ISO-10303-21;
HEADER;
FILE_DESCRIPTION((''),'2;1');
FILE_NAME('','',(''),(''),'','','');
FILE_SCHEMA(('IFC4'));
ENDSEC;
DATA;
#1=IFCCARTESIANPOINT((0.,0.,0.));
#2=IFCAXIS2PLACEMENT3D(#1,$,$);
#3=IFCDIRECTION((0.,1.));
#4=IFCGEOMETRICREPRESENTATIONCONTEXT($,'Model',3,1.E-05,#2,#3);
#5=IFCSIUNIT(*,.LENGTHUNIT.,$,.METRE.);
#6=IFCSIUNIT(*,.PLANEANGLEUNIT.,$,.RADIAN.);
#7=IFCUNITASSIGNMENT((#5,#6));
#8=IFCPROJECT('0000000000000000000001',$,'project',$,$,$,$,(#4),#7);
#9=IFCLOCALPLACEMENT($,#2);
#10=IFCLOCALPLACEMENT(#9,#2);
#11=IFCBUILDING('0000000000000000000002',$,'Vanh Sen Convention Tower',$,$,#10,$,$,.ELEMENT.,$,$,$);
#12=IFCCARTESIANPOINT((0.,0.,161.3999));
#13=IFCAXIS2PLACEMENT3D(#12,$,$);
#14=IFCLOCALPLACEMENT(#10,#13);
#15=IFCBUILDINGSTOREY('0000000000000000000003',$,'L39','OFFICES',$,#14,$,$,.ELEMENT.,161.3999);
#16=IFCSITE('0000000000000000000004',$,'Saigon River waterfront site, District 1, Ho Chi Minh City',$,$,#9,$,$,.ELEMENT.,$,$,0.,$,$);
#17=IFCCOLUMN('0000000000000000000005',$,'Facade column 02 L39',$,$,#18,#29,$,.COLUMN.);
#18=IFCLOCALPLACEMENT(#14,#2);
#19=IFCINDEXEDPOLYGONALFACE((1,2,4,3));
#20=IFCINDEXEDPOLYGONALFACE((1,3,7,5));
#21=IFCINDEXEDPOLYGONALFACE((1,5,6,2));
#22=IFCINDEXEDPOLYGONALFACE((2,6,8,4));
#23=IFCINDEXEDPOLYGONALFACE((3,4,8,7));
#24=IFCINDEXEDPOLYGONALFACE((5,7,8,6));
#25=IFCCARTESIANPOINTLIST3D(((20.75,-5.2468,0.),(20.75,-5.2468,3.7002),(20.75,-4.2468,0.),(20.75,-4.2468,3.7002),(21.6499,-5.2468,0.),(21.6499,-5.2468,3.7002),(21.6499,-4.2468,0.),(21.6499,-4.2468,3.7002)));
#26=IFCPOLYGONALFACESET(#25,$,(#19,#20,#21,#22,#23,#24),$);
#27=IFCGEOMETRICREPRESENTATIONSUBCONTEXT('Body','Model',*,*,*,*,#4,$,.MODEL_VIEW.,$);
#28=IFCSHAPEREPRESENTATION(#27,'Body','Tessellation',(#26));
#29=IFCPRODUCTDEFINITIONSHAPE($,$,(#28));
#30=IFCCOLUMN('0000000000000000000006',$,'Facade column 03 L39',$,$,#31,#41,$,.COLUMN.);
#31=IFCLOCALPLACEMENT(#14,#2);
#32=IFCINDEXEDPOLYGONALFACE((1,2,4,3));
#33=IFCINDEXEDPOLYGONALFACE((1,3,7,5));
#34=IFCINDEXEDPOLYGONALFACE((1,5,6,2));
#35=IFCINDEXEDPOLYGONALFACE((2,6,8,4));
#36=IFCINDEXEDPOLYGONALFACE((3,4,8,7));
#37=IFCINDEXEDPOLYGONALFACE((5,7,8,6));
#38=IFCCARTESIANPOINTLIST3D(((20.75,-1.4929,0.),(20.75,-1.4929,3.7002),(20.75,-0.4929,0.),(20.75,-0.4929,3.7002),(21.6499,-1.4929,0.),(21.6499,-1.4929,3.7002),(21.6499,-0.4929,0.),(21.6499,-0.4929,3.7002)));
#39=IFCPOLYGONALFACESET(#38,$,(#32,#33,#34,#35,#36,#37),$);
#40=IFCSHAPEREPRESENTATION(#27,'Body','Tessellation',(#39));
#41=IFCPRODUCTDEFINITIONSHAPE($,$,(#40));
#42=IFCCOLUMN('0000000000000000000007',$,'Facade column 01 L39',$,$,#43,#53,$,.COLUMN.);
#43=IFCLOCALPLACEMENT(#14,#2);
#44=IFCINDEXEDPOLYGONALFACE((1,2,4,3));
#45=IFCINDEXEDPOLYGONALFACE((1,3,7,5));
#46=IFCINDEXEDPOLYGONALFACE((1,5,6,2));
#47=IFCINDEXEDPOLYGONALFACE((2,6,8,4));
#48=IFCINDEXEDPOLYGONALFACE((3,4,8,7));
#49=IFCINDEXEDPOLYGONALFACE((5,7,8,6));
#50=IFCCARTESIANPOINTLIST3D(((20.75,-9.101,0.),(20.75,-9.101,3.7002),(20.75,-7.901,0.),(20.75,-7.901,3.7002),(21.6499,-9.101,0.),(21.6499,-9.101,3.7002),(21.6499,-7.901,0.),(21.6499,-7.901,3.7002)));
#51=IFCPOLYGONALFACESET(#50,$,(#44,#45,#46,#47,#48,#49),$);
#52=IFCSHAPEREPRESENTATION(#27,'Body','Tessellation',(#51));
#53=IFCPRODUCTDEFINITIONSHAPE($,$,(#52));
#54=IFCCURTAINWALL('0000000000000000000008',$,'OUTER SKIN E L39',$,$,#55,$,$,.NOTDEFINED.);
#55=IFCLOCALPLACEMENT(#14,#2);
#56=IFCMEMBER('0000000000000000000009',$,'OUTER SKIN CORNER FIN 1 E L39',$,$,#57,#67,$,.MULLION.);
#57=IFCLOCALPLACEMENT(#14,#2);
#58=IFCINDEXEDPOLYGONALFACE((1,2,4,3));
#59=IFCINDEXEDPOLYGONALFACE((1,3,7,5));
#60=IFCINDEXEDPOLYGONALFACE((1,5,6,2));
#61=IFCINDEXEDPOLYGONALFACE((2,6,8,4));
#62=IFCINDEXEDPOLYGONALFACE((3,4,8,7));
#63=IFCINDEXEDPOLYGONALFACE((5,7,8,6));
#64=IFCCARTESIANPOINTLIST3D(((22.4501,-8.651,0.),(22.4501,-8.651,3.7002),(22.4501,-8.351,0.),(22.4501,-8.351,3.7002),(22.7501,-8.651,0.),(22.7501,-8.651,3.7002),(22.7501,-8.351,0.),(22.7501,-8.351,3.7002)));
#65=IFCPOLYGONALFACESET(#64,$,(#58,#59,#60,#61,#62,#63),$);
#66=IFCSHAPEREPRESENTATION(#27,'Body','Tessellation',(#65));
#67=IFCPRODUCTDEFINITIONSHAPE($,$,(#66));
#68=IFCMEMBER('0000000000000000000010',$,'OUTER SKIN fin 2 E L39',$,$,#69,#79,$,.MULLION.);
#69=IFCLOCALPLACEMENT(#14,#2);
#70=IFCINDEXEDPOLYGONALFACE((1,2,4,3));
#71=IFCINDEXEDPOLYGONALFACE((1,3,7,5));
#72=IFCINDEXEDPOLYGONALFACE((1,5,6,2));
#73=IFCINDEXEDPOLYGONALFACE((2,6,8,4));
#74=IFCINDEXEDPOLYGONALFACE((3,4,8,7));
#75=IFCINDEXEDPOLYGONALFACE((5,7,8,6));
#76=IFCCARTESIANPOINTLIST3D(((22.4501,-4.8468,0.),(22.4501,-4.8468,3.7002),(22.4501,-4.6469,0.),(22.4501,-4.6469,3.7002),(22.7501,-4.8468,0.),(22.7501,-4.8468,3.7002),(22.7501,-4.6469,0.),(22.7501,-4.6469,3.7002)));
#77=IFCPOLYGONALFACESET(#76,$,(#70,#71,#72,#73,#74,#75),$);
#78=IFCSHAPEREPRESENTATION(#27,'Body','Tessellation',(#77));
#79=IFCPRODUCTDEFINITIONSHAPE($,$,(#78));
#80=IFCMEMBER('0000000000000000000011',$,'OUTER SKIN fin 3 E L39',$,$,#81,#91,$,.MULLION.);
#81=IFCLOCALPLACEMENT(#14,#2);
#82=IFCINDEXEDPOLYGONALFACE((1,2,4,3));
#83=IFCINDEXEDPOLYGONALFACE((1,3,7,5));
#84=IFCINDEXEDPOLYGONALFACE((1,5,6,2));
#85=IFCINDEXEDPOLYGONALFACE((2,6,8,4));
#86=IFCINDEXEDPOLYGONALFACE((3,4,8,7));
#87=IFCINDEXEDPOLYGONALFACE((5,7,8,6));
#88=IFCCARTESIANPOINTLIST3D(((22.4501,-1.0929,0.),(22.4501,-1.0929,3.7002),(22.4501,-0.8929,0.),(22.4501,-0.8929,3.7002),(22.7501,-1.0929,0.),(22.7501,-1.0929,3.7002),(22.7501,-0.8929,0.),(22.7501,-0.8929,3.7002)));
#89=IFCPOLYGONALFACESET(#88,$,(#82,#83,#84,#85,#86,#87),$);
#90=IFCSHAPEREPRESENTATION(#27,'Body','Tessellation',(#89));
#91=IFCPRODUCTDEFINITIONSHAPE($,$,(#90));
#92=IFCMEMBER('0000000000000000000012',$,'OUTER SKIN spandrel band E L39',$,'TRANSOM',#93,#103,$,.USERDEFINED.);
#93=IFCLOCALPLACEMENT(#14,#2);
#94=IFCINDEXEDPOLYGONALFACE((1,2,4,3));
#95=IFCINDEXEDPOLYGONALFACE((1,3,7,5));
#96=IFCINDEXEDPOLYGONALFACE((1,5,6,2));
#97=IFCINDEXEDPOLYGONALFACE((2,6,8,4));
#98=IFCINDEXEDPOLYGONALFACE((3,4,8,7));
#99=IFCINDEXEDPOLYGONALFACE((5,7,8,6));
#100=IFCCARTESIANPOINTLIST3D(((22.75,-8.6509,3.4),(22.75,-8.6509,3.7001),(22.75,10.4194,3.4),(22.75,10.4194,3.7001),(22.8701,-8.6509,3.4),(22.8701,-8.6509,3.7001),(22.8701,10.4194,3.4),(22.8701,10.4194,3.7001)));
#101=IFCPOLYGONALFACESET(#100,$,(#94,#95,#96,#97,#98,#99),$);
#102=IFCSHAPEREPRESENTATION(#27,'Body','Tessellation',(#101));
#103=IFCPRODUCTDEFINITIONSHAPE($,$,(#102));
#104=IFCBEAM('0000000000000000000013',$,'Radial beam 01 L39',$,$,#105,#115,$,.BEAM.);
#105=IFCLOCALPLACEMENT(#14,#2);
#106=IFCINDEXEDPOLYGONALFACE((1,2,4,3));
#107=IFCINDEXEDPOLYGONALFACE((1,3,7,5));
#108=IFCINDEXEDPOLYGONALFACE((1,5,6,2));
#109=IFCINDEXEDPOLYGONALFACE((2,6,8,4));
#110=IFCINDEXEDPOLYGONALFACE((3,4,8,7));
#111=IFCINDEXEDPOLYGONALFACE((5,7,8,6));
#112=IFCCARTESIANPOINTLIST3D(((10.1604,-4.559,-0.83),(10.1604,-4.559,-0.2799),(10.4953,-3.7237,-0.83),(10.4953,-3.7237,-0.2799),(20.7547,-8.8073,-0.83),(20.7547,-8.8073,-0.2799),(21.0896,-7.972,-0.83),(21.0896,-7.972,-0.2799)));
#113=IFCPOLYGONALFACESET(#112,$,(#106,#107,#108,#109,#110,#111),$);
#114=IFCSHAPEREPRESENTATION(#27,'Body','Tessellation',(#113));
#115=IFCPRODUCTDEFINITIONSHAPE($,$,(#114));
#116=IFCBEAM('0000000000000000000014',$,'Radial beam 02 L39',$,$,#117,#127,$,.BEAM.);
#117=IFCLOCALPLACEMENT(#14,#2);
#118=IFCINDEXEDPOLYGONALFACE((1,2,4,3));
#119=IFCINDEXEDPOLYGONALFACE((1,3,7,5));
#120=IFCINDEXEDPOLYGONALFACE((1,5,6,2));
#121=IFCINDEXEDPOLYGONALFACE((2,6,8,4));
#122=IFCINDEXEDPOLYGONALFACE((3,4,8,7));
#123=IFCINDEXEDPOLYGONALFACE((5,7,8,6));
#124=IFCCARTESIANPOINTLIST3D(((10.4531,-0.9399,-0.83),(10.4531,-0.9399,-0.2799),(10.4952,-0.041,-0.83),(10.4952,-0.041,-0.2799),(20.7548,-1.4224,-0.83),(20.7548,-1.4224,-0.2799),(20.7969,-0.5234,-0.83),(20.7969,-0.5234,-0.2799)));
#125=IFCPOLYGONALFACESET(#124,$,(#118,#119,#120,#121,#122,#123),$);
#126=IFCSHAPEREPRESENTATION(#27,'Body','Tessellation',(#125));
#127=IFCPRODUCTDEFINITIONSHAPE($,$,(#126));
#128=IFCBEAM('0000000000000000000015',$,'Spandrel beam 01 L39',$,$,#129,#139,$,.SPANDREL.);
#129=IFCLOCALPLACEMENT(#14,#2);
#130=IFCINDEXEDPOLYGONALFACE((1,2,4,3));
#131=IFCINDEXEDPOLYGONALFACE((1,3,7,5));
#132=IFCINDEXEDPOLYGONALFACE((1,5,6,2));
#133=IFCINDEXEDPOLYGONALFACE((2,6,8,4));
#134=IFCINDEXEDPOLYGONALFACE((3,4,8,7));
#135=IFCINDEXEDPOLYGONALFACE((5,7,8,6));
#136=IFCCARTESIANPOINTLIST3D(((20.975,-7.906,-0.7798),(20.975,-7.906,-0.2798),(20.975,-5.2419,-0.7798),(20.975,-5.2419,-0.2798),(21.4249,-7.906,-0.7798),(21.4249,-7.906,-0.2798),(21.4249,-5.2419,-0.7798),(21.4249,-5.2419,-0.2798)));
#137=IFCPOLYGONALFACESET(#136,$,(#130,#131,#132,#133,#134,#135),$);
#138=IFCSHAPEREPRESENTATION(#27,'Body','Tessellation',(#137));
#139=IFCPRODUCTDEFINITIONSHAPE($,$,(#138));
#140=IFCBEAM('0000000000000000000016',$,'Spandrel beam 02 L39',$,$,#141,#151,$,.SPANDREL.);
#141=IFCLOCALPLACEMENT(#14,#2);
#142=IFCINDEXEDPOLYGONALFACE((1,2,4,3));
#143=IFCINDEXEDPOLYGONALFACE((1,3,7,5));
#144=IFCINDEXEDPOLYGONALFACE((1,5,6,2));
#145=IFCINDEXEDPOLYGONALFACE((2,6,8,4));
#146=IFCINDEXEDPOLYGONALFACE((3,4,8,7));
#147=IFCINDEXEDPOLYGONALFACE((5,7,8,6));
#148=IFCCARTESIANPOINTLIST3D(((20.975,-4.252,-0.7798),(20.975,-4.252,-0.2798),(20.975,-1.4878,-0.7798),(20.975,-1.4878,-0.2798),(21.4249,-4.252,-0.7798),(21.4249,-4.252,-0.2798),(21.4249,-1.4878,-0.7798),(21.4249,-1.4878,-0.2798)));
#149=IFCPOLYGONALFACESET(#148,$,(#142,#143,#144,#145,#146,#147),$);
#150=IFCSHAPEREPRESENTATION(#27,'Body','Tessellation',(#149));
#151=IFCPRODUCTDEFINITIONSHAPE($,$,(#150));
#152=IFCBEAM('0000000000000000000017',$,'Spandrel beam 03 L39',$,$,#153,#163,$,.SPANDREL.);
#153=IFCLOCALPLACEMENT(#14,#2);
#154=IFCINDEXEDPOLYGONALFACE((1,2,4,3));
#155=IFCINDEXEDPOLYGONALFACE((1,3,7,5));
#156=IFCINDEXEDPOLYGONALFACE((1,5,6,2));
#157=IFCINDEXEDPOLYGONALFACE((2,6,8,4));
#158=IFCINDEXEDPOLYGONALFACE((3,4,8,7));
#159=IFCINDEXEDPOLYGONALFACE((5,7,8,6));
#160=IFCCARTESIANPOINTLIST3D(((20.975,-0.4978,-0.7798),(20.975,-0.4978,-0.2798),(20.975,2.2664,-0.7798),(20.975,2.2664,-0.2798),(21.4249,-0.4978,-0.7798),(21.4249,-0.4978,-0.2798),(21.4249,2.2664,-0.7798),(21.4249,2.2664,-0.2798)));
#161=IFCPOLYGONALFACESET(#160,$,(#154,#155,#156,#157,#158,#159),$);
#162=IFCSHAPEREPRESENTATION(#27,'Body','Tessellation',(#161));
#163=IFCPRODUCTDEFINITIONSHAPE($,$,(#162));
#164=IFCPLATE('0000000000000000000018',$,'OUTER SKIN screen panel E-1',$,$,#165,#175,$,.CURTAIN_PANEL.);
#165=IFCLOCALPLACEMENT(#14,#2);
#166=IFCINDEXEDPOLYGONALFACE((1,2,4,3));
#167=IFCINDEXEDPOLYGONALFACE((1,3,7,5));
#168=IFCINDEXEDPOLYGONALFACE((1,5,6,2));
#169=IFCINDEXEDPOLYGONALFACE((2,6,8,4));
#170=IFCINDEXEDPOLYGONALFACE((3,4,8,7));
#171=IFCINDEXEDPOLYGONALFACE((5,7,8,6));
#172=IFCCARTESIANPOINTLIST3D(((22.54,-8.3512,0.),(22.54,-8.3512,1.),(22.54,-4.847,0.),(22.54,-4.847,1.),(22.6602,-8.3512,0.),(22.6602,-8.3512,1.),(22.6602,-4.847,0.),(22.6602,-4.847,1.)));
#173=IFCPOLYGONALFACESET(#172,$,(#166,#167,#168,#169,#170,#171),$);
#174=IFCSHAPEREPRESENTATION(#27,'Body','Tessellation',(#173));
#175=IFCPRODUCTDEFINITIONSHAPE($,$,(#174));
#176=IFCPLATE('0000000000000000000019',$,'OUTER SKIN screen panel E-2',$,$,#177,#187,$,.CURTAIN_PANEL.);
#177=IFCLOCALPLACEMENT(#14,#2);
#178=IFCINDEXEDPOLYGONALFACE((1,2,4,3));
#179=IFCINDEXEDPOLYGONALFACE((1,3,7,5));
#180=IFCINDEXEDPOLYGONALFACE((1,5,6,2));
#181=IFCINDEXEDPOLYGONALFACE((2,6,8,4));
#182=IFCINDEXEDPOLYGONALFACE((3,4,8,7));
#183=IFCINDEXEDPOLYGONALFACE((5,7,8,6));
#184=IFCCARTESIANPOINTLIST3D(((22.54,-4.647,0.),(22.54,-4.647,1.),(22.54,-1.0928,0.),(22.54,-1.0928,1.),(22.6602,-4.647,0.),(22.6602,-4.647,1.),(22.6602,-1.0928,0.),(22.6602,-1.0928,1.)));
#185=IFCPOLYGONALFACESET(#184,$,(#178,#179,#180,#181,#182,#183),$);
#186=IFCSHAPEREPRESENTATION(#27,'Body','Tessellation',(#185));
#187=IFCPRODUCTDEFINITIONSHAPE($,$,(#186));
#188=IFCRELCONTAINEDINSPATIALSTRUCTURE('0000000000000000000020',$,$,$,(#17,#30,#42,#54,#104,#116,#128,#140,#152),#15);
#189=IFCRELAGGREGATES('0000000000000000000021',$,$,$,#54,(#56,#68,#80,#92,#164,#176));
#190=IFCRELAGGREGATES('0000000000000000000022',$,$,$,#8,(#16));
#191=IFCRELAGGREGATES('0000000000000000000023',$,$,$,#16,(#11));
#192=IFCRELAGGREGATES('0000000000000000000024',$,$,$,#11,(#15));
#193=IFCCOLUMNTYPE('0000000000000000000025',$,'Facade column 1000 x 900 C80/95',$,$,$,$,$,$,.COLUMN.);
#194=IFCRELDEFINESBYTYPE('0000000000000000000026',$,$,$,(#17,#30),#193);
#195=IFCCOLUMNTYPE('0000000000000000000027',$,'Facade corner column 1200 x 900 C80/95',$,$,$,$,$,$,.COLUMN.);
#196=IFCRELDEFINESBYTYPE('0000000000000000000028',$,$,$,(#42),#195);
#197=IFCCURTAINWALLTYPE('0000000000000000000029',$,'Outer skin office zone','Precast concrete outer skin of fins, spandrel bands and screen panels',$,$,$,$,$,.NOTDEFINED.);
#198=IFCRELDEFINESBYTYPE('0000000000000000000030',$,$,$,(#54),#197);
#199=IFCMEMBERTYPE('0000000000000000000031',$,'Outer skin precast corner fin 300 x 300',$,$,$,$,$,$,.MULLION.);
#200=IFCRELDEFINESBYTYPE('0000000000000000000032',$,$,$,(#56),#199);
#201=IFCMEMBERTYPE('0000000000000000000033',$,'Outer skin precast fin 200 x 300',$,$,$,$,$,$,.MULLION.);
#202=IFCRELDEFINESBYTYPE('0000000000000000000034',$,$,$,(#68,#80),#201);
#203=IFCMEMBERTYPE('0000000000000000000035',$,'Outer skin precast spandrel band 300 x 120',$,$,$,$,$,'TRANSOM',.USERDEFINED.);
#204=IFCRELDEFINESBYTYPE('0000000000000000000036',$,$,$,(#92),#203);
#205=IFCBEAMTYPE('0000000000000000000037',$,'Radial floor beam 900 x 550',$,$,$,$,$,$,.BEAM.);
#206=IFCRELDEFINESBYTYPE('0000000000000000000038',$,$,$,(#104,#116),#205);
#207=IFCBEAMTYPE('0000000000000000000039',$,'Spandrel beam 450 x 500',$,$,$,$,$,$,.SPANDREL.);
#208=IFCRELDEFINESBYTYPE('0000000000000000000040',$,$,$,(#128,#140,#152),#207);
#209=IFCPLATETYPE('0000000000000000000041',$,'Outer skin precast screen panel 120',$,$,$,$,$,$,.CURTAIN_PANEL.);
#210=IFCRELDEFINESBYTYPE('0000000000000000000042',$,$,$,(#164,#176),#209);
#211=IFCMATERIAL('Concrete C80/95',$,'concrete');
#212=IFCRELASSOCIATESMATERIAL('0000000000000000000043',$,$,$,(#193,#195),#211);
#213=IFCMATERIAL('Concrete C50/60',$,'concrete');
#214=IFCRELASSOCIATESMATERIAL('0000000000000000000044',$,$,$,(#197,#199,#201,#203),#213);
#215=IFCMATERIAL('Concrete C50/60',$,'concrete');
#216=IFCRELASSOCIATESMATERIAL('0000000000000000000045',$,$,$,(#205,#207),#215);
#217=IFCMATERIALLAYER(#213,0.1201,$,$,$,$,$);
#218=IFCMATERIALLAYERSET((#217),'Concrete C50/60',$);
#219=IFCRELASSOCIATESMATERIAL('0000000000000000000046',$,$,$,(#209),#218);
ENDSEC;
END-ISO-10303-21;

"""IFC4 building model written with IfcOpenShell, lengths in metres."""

from ifc_helpers import new_model, si_unit, direction, frame, origin, origin_2d, place, context, subcontext, project, spatial, rectangle, extrude, material, layer, layer_set, material_profile, profile_set, type_object, element, aggregate, save


model = new_model("IFC4")

# Units and contexts
model_context = context("Model", 3, precision=1e-05, world=origin(), true_north=direction((0.0, 1.0)))
body_context = subcontext(model_context, "Body", "Model", "MODEL_VIEW")
ifc_project = project(units=[si_unit("LENGTHUNIT", "METRE"), si_unit("PLANEANGLEUNIT", "RADIAN")], contexts=[model_context])

# Site, building, storey
site_placement = place(None, origin())
site = spatial("IfcSite", under=ifc_project, at=site_placement, Name="Saigon River waterfront site, District 1, Ho Chi Minh City", CompositionType="ELEMENT", RefElevation=0.0)
building_placement = place(site_placement, origin())
building = spatial("IfcBuilding", under=site, at=building_placement, Name="Vanh Sen Convention Tower", CompositionType="ELEMENT")
storey_placement = place(building_placement, frame((0.0, 0.0, 161.3999)))
storey = spatial("IfcBuildingStorey", under=building, at=storey_placement, Name="L39", Description="OFFICES", CompositionType="ELEMENT", Elevation=161.3999)

# Columns
ifc_material_1 = material(Name="Concrete C80/95", Category="concrete")
ifc_material_profile_1 = material_profile(ifc_material_1, rectangle(XDim=1.0, YDim=0.8999, at=origin_2d()), Name="RC 1000X900")
ifc_profile_set_1 = profile_set([ifc_material_profile_1], Name="Concrete C80/95")
column_type_1 = type_object("IfcColumnType", Name="Facade column 1000 x 900 C80/95", PredefinedType="COLUMN", material=ifc_profile_set_1)
for number, where, z_axis, x_axis, name in (
    (1, (21.2, -4.7468, 0.0), (0.0, 0.0, 1.0), (0.0, 1.0, 0.0), "Facade column 02 L39"),
    (2, (21.2, -0.9929, 0.0), (0.0, 0.0, 1.0), (0.0, 1.0, 0.0), "Facade column 03 L39"),
):
    element("IfcColumn", number, at=place(storey_placement, frame(where, z_axis=z_axis, x_axis=x_axis)), inside=storey, type_object=column_type_1, Name=name, PredefinedType="COLUMN", context=body_context, shape_type="SweptSolid", body=[
        extrude(rectangle(XDim=1.0, YDim=0.8999, at=origin_2d()), origin(), (0.0, 0.0, 1.0), 3.7002),
    ])
ifc_material_profile_2 = material_profile(ifc_material_1, rectangle(XDim=1.2, YDim=0.8999, at=origin_2d()), Name="RC 1200X900")
ifc_profile_set_2 = profile_set([ifc_material_profile_2], Name="Concrete C80/95")
column_type_2 = type_object("IfcColumnType", Name="Facade corner column 1200 x 900 C80/95", PredefinedType="COLUMN", material=ifc_profile_set_2)
column_placement = place(storey_placement, frame((21.2, -8.501, 0.0), z_axis=(0.0, 0.0, 1.0), x_axis=(0.0, 1.0, 0.0)))
element("IfcColumn", 3, at=column_placement, inside=storey, type_object=column_type_2, Name="Facade column 01 L39", PredefinedType="COLUMN", context=body_context, shape_type="SweptSolid", body=[
    extrude(rectangle(XDim=1.2, YDim=0.8999, at=origin_2d()), origin(), (0.0, 0.0, 1.0), 3.7002),
])

# Curtain wall, members
ifc_material_2 = material(Name="Concrete C50/60", Category="concrete")
curtain_wall_type = type_object("IfcCurtainWallType", Name="Outer skin office zone", Description="Precast concrete outer skin of fins, spandrel bands and screen panels", PredefinedType="NOTDEFINED", material=ifc_material_2)
curtain_wall_1_placement = place(storey_placement, origin())
curtain_wall_1 = element("IfcCurtainWall", 4, at=curtain_wall_1_placement, inside=storey, type_object=curtain_wall_type, Name="OUTER SKIN E L39", PredefinedType="NOTDEFINED")
ifc_material_profile_3 = material_profile(ifc_material_2, rectangle(XDim=0.3, YDim=0.3, at=origin_2d()), Name="Outer skin precast corner fin 300 x 300")
ifc_profile_set_3 = profile_set([ifc_material_profile_3], Name="Concrete C50/60")
member_type_1 = type_object("IfcMemberType", Name="Outer skin precast corner fin 300 x 300", PredefinedType="MULLION", material=ifc_profile_set_3)
member_1_placement = place(storey_placement, frame((22.6001, -8.501, 0.0), z_axis=(0.0, 0.0, 1.0), x_axis=(0.0, 1.0, 0.0)))
member_1 = element("IfcMember", 5, at=member_1_placement, type_object=member_type_1, Name="OUTER SKIN CORNER FIN 1 E L39", PredefinedType="MULLION", context=body_context, shape_type="SweptSolid", body=[
    extrude(rectangle(XDim=0.3, YDim=0.3, at=origin_2d()), origin(), (0.0, 0.0, 1.0), 3.7002),
])
ifc_material_profile_4 = material_profile(ifc_material_2, rectangle(XDim=0.2, YDim=0.3, at=origin_2d()), Name="Outer skin precast fin 200 x 300")
ifc_profile_set_4 = profile_set([ifc_material_profile_4], Name="Concrete C50/60")
member_type_2 = type_object("IfcMemberType", Name="Outer skin precast fin 200 x 300", PredefinedType="MULLION", material=ifc_profile_set_4)
member_2_placement = place(storey_placement, frame((22.6001, -4.7468, 0.0), z_axis=(0.0, 0.0, 1.0), x_axis=(0.0, 1.0, 0.0)))
member_2 = element("IfcMember", 6, at=member_2_placement, type_object=member_type_2, Name="OUTER SKIN fin 2 E L39", PredefinedType="MULLION", context=body_context, shape_type="SweptSolid", body=[
    extrude(rectangle(XDim=0.2, YDim=0.3, at=origin_2d()), origin(), (0.0, 0.0, 1.0), 3.7002),
])
member_3_placement = place(storey_placement, frame((22.6001, -0.9929, 0.0), z_axis=(0.0, 0.0, 1.0), x_axis=(0.0, 1.0, 0.0)))
member_3 = element("IfcMember", 7, at=member_3_placement, type_object=member_type_2, Name="OUTER SKIN fin 3 E L39", PredefinedType="MULLION", context=body_context, shape_type="SweptSolid", body=[
    extrude(rectangle(XDim=0.2, YDim=0.3, at=origin_2d()), origin(), (0.0, 0.0, 1.0), 3.7002),
])
ifc_material_profile_5 = material_profile(ifc_material_2, rectangle(XDim=0.1201, YDim=0.3, at=origin_2d()), Name="Outer skin precast spandrel band 300 x 120")
ifc_profile_set_5 = profile_set([ifc_material_profile_5], Name="Concrete C50/60")
member_type_3 = type_object("IfcMemberType", Name="Outer skin precast spandrel band 300 x 120", ElementType="TRANSOM", PredefinedType="USERDEFINED", material=ifc_profile_set_5)
member_4_placement = place(storey_placement, frame((22.8101, -8.6509, 3.55), z_axis=(0.0, 1.0, 0.0), x_axis=(-1.0, 0.0, 0.0)))
member_4 = element("IfcMember", 8, at=member_4_placement, type_object=member_type_3, Name="OUTER SKIN spandrel band E L39", ObjectType="TRANSOM", PredefinedType="USERDEFINED", context=body_context, shape_type="SweptSolid", body=[
    extrude(rectangle(XDim=0.1201, YDim=0.3, at=origin_2d()), origin(), (0.0, 0.0, 1.0), 19.0703),
])

# Beams
ifc_material_3 = material(Name="Concrete C50/60", Category="concrete")
ifc_material_profile_6 = material_profile(ifc_material_3, rectangle(XDim=0.8999, YDim=0.55, at=origin_2d()), Name="RC 900X550")
ifc_profile_set_6 = profile_set([ifc_material_profile_6], Name="Concrete C50/60")
beam_type_1 = type_object("IfcBeamType", Name="Radial floor beam 900 x 550", PredefinedType="BEAM", material=ifc_profile_set_6)
beam_1_placement = place(storey_placement, frame((20.9221, -8.3896, -0.5549), z_axis=(-0.928156, 0.372191, 0.0), x_axis=(-0.372191, -0.928156, 0.0)))
element("IfcBeam", 9, at=beam_1_placement, inside=storey, type_object=beam_type_1, Name="Radial beam 01 L39", PredefinedType="BEAM", context=body_context, shape_type="SweptSolid", body=[
    extrude(rectangle(XDim=0.8999, YDim=0.55, at=origin_2d()), origin(), (0.0, 0.0, 1.0), 11.4143),
])
beam_2_placement = place(storey_placement, frame((20.7759, -0.9729, -0.5549), z_axis=(-0.998905, 0.046778, 0.0), x_axis=(-0.046778, -0.998905, 0.0)))
element("IfcBeam", 10, at=beam_2_placement, inside=storey, type_object=beam_type_1, Name="Radial beam 02 L39", PredefinedType="BEAM", context=body_context, shape_type="SweptSolid", body=[
    extrude(rectangle(XDim=0.8999, YDim=0.55, at=origin_2d()), origin(), (0.0, 0.0, 1.0), 10.313),
])
ifc_material_profile_7 = material_profile(ifc_material_3, rectangle(XDim=0.45, YDim=0.5, at=origin_2d()), Name="RC 450X500")
ifc_profile_set_7 = profile_set([ifc_material_profile_7], Name="Concrete C50/60")
beam_type_2 = type_object("IfcBeamType", Name="Spandrel beam 450 x 500", PredefinedType="SPANDREL", material=ifc_profile_set_7)
beam_3_placement = place(storey_placement, frame((21.2, -7.906, -0.5298), z_axis=(0.0, 1.0, 0.0), x_axis=(-1.0, 0.0, 0.0)))
element("IfcBeam", 11, at=beam_3_placement, inside=storey, type_object=beam_type_2, Name="Spandrel beam 01 L39", PredefinedType="SPANDREL", context=body_context, shape_type="SweptSolid", body=[
    extrude(rectangle(XDim=0.45, YDim=0.5, at=origin_2d()), origin(), (0.0, 0.0, 1.0), 2.6641),
])
for number, where, z_axis, x_axis, name in (
    (12, (21.2, -4.252, -0.5298), (0.0, 1.0, 0.0), (-1.0, 0.0, 0.0), "Spandrel beam 02 L39"),
    (13, (21.2, -0.4978, -0.5298), (0.0, 1.0, 0.0), (-1.0, 0.0, 0.0), "Spandrel beam 03 L39"),
):
    element("IfcBeam", number, at=place(storey_placement, frame(where, z_axis=z_axis, x_axis=x_axis)), inside=storey, type_object=beam_type_2, Name=name, PredefinedType="SPANDREL", context=body_context, shape_type="SweptSolid", body=[
        extrude(rectangle(XDim=0.45, YDim=0.5, at=origin_2d()), origin(), (0.0, 0.0, 1.0), 2.7642),
    ])

# Plates
ifc_layer_1 = layer(ifc_material_2, 0.1201)
ifc_layer_set_1 = layer_set([ifc_layer_1], Name="Concrete C50/60")
plate_type = type_object("IfcPlateType", Name="Outer skin precast screen panel 120", PredefinedType="CURTAIN_PANEL", material=ifc_layer_set_1)
plate_1_placement = place(storey_placement, frame((22.6001, -6.5991, 0.0), z_axis=(0.0, 0.0, 1.0), x_axis=(0.0, 1.0, 0.0)))
plate_1 = element("IfcPlate", 14, at=plate_1_placement, type_object=plate_type, Name="OUTER SKIN screen panel E-1", PredefinedType="CURTAIN_PANEL", context=body_context, shape_type="SweptSolid", body=[
    extrude(rectangle(XDim=3.5042, YDim=0.1201, at=origin_2d()), origin(), (0.0, 0.0, 1.0), 1.0),
])
plate_2_placement = place(storey_placement, frame((22.6001, -2.8699, 0.0), z_axis=(0.0, 0.0, 1.0), x_axis=(0.0, 1.0, 0.0)))
plate_2 = element("IfcPlate", 15, at=plate_2_placement, type_object=plate_type, Name="OUTER SKIN screen panel E-2", PredefinedType="CURTAIN_PANEL", context=body_context, shape_type="SweptSolid", body=[
    extrude(rectangle(XDim=3.5542, YDim=0.1201, at=origin_2d()), origin(), (0.0, 0.0, 1.0), 1.0),
])
aggregate(curtain_wall_1, [member_1, member_2, member_3, member_4, plate_1, plate_2])

save(model, "model.ifc")
